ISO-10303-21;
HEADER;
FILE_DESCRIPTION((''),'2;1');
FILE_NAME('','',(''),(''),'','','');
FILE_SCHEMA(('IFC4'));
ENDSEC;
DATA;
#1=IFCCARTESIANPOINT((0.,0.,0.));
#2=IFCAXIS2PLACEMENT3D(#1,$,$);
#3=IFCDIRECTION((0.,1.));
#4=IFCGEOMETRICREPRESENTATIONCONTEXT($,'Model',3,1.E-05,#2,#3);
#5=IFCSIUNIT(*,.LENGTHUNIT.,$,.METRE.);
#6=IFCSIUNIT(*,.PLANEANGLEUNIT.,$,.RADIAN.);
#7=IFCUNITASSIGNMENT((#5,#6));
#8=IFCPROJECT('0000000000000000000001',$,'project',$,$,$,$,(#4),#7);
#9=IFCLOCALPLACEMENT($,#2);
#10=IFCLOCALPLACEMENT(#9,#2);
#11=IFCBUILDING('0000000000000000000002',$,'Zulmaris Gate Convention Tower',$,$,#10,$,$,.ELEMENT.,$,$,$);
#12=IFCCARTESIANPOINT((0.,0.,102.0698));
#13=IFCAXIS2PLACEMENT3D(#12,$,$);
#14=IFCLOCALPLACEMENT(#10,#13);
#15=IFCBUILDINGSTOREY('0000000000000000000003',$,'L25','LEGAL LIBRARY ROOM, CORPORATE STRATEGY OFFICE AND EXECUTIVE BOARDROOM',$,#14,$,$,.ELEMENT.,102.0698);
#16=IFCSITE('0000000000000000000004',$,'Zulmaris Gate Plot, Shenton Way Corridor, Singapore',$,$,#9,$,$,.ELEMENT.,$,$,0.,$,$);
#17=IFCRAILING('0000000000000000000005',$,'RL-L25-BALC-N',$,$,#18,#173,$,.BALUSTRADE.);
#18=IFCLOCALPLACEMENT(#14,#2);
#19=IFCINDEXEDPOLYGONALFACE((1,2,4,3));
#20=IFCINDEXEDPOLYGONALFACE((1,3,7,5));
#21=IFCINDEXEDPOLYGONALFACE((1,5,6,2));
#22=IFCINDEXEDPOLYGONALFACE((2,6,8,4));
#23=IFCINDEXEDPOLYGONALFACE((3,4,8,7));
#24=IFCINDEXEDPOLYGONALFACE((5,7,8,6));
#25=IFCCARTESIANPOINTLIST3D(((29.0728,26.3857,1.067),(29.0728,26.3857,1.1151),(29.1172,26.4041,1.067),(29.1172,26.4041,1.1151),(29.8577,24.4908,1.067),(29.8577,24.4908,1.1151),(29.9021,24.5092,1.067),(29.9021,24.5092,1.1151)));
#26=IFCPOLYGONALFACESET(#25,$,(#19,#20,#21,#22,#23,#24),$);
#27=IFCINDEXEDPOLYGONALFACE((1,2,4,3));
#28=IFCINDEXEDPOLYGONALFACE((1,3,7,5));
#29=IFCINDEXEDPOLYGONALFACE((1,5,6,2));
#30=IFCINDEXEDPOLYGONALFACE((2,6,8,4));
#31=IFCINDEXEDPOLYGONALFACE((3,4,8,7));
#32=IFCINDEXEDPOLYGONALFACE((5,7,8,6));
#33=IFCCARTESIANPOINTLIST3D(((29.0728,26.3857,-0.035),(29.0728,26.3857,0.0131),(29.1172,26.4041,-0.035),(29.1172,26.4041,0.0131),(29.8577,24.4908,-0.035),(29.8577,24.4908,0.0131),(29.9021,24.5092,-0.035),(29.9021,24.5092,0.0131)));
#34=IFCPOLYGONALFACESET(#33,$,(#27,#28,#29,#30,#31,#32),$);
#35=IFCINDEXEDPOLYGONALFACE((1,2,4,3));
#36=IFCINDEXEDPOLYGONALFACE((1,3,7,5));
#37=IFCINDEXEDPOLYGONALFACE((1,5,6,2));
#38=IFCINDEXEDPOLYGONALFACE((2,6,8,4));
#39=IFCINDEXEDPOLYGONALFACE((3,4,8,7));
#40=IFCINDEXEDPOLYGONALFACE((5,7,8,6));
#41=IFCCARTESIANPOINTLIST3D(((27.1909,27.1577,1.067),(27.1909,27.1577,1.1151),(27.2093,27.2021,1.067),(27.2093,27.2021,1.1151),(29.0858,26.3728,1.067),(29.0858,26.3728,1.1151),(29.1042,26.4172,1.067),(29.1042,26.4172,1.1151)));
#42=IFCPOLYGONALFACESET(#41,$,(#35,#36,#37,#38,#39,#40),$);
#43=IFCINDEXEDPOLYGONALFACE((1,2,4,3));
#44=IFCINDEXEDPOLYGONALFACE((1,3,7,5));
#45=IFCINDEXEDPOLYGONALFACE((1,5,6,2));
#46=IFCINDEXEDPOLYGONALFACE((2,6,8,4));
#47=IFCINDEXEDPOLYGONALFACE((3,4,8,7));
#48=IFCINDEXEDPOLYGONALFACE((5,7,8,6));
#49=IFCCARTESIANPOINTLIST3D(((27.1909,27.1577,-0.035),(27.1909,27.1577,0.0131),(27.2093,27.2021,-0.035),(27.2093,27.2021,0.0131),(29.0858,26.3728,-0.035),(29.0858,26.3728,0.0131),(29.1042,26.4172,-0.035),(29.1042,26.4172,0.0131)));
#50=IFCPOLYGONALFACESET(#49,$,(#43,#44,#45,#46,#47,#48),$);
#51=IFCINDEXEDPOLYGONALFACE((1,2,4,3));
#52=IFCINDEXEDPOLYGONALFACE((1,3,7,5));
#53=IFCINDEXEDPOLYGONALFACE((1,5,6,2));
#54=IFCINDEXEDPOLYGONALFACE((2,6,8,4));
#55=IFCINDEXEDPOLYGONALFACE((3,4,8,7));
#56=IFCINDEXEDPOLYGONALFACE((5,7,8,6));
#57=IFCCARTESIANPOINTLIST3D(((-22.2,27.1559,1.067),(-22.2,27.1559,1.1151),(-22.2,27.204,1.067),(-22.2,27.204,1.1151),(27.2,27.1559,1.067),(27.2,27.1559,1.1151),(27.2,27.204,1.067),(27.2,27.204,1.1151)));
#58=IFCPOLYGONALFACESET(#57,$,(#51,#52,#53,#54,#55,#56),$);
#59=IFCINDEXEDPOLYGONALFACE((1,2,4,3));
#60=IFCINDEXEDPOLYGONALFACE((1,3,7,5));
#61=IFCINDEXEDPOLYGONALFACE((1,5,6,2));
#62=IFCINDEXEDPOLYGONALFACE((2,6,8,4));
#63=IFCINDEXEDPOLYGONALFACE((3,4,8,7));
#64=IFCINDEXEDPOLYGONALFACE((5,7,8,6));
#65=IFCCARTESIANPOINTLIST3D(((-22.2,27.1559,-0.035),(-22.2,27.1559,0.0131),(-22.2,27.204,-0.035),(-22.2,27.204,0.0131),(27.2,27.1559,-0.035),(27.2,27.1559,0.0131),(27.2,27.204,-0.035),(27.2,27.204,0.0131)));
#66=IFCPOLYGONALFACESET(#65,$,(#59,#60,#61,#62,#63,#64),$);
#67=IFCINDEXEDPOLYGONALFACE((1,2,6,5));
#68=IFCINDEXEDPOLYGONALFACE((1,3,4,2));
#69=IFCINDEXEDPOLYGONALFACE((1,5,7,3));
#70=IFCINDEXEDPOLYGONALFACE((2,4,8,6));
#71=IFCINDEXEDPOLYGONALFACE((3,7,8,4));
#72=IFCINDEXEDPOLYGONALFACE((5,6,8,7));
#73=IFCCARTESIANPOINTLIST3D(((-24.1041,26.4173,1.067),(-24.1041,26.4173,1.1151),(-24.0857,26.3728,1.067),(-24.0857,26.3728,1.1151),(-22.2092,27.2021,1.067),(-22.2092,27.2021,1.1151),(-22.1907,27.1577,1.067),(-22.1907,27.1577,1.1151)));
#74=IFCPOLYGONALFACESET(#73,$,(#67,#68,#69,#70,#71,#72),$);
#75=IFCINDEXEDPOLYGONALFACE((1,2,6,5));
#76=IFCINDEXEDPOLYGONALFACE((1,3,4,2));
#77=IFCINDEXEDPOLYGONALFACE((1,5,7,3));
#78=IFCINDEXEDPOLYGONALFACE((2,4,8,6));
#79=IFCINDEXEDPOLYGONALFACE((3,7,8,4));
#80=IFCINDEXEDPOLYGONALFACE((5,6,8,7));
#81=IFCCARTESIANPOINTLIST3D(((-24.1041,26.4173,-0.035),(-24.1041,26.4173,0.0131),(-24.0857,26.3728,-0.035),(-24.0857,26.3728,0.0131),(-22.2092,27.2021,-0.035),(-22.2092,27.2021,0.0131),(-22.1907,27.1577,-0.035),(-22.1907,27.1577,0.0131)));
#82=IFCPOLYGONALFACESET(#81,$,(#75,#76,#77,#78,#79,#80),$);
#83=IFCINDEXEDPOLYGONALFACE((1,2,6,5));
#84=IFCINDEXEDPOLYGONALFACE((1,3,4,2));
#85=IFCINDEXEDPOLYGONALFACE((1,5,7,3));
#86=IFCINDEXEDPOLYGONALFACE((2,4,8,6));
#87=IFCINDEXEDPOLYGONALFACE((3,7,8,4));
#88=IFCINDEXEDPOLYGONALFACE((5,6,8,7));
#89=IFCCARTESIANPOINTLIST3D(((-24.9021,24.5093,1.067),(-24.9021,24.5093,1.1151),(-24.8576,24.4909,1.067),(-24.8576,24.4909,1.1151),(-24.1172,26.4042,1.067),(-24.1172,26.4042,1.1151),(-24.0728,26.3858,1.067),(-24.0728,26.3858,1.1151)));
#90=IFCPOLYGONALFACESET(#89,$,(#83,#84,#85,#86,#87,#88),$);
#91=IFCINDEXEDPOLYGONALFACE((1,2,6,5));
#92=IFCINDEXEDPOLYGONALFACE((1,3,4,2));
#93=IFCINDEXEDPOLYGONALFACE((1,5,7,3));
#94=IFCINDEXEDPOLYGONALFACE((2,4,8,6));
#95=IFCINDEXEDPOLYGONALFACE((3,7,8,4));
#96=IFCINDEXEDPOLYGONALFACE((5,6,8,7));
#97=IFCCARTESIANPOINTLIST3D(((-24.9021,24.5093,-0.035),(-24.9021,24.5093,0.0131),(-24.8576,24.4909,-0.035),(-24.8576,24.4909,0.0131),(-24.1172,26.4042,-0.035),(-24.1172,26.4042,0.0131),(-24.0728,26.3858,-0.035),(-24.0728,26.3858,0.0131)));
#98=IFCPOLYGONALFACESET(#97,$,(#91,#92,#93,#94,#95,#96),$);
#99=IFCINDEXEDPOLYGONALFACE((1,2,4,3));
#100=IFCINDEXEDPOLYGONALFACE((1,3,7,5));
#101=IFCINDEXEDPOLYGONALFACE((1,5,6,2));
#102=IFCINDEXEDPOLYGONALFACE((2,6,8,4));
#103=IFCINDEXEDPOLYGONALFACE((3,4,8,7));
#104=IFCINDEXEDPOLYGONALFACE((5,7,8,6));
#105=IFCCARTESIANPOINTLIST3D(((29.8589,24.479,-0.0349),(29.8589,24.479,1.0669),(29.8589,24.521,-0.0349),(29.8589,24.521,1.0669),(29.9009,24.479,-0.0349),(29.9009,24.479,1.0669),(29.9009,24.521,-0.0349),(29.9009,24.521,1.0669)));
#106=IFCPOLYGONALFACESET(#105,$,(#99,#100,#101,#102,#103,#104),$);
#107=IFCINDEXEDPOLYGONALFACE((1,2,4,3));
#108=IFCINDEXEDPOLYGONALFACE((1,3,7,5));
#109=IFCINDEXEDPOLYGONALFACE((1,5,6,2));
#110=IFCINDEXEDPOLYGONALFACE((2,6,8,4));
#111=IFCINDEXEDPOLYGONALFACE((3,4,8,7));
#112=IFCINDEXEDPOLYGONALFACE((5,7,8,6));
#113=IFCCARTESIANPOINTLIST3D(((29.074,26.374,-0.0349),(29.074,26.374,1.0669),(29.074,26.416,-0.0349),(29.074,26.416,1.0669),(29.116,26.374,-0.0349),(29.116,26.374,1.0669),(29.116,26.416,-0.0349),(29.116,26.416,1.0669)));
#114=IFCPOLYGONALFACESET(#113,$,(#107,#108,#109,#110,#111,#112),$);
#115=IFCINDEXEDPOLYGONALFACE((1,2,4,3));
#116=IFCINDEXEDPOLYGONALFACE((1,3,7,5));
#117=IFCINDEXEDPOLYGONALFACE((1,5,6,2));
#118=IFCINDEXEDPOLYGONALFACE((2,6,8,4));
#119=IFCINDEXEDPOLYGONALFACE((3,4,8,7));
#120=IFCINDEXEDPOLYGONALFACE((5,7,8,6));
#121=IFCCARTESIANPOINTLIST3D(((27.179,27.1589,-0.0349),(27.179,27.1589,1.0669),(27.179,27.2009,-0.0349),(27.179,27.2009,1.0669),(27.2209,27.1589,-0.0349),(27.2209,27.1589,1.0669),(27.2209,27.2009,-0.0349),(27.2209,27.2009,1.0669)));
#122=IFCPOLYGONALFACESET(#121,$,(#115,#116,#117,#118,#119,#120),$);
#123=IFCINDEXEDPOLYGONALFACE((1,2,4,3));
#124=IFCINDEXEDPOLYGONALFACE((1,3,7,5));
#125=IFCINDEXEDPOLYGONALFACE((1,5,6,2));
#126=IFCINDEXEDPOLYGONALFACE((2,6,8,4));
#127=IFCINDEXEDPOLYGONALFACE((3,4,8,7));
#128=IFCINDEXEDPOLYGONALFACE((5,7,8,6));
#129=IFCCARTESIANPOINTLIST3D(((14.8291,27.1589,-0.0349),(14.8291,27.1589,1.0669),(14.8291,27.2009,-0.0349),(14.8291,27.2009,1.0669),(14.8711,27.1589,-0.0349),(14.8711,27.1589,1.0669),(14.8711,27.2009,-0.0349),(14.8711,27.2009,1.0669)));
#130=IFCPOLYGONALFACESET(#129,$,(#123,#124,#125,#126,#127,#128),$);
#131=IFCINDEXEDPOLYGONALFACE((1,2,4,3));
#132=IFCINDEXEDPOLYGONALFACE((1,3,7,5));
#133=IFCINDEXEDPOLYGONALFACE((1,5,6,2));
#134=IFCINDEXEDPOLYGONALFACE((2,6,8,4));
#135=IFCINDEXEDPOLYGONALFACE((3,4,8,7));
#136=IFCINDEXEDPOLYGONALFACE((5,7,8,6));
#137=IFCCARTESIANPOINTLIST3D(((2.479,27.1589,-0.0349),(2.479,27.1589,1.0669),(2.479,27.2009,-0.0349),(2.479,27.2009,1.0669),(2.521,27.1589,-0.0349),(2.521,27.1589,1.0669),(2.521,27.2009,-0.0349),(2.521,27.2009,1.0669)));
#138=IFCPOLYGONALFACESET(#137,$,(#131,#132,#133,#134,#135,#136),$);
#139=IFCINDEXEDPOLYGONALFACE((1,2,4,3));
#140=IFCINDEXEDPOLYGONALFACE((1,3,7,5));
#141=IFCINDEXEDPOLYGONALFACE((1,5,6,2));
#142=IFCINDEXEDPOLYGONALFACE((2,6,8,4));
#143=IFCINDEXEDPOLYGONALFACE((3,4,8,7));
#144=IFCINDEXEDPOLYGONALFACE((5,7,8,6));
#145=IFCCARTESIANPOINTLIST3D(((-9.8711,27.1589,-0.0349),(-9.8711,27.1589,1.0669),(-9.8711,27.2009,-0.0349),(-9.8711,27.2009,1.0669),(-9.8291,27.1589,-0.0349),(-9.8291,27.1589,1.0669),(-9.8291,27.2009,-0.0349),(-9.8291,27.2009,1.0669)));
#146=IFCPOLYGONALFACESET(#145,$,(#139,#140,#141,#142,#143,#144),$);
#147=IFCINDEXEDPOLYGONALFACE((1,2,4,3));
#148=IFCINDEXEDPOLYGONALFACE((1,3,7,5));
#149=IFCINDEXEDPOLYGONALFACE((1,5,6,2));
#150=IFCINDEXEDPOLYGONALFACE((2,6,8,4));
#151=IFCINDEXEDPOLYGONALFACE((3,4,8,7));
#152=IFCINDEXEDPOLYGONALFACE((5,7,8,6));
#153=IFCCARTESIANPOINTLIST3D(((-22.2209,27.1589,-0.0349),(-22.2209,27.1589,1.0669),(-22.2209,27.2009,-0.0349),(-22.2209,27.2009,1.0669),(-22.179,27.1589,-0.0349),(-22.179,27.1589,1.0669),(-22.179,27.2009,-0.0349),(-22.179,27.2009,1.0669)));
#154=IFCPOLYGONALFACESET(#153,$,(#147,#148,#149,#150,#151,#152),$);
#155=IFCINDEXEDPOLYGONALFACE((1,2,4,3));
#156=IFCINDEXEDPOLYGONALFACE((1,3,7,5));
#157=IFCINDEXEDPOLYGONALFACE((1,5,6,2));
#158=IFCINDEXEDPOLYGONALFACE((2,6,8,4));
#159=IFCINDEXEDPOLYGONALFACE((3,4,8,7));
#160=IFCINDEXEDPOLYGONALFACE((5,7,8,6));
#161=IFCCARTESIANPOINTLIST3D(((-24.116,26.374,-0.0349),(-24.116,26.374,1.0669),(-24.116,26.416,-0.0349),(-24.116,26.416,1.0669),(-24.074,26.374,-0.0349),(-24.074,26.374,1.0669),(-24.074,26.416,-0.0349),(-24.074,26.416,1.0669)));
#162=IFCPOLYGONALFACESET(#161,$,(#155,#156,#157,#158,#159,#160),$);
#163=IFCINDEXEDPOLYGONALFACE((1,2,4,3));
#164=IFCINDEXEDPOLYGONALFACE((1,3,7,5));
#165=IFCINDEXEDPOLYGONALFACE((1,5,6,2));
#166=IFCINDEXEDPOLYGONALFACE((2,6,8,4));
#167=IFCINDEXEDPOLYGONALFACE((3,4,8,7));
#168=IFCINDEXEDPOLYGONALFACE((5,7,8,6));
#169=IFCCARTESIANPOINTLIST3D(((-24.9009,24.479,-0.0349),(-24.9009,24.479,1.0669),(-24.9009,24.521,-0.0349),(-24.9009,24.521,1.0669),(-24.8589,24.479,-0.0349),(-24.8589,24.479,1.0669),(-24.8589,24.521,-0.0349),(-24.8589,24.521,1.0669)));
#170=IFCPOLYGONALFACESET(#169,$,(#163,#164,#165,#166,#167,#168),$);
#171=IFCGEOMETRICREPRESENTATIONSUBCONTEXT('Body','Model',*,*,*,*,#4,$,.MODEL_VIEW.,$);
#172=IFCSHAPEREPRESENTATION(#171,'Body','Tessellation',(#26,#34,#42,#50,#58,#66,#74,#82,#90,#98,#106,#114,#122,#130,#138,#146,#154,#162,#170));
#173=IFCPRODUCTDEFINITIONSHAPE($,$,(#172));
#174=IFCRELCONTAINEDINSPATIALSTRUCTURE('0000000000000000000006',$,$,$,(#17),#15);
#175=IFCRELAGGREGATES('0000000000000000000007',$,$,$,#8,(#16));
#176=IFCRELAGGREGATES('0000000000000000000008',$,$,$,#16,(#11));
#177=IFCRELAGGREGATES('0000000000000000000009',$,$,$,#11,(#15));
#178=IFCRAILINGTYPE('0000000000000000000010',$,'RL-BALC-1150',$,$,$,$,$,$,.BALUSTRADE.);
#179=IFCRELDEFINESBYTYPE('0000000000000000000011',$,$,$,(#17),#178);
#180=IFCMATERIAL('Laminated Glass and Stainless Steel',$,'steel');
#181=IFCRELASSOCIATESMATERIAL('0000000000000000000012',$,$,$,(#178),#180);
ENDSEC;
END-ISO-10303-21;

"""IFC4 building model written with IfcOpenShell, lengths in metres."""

from ifc_helpers import new_model, si_unit, direction, frame, origin, origin_2d, place, context, subcontext, project, spatial, rectangle, extrude, material, type_object, element, save


model = new_model("IFC4")

# Units and contexts
model_context = context("Model", 3, precision=1e-05, world=origin(), true_north=direction((0.0, 1.0)))
body_context = subcontext(model_context, "Body", "Model", "MODEL_VIEW")
ifc_project = project(units=[si_unit("LENGTHUNIT", "METRE"), si_unit("PLANEANGLEUNIT", "RADIAN")], contexts=[model_context])

# Site, building, storey
site_placement = place(None, origin())
site = spatial("IfcSite", under=ifc_project, at=site_placement, Name="Zulmaris Gate Plot, Shenton Way Corridor, Singapore", CompositionType="ELEMENT", RefElevation=0.0)
building_placement = place(site_placement, origin())
building = spatial("IfcBuilding", under=site, at=building_placement, Name="Zulmaris Gate Convention Tower", CompositionType="ELEMENT")
storey_placement = place(building_placement, frame((0.0, 0.0, 102.0698)))
storey = spatial("IfcBuildingStorey", under=building, at=storey_placement, Name="L25", Description="LEGAL LIBRARY ROOM, CORPORATE STRATEGY OFFICE AND EXECUTIVE BOARDROOM", CompositionType="ELEMENT", Elevation=102.0698)

# Railing
ifc_material_1 = material(Name="Laminated Glass and Stainless Steel", Category="steel")
railing_type = type_object("IfcRailingType", Name="RL-BALC-1150", PredefinedType="BALUSTRADE", material=ifc_material_1)
railing_placement = place(storey_placement, frame((29.8799, 24.5, -0.0349)))
element("IfcRailing", 1, at=railing_placement, inside=storey, type_object=railing_type, Name="RL-L25-BALC-N", PredefinedType="BALUSTRADE", context=body_context, shape_type="SweptSolid", body=[
    extrude(rectangle(XDim=0.0481, YDim=0.0481, at=origin_2d()), frame((0.0, 0.0, 1.126), z_axis=(-0.382671, 0.923885, 0.0), x_axis=(-0.923885, -0.382671, 0.0)), (0.0, 0.0, 1.0), 2.051),
    extrude(rectangle(XDim=0.0481, YDim=0.0481, at=origin_2d()), frame((0.0, 0.0, 0.0239), z_axis=(-0.382671, 0.923885, 0.0), x_axis=(-0.923885, -0.382671, 0.0)), (0.0, 0.0, 1.0), 2.051),
    extrude(rectangle(XDim=0.0481, YDim=0.0481, at=origin_2d()), frame((-0.7849, 1.895, 1.126), z_axis=(-0.923885, 0.382671, 0.0), x_axis=(-0.382671, -0.923885, 0.0)), (0.0, 0.0, 1.0), 2.051),
    extrude(rectangle(XDim=0.0481, YDim=0.0481, at=origin_2d()), frame((-0.7849, 1.895, 0.0239), z_axis=(-0.923885, 0.382671, 0.0), x_axis=(-0.382671, -0.923885, 0.0)), (0.0, 0.0, 1.0), 2.051),
    extrude(rectangle(XDim=0.0481, YDim=0.0481, at=origin_2d()), frame((-2.6799, 2.6799, 1.126), z_axis=(-1.0, 0.0, 0.0), x_axis=(0.0, -1.0, 0.0)), (0.0, 0.0, 1.0), 49.3999),
    extrude(rectangle(XDim=0.0481, YDim=0.0481, at=origin_2d()), frame((-2.6799, 2.6799, 0.0239), z_axis=(-1.0, 0.0, 0.0), x_axis=(0.0, -1.0, 0.0)), (0.0, 0.0, 1.0), 49.3999),
    extrude(rectangle(XDim=0.0481, YDim=0.0481, at=origin_2d()), frame((-52.0798, 2.6799, 1.126), z_axis=(-0.923885, -0.382671, 0.0), x_axis=(0.382671, -0.923885, 0.0)), (0.0, 0.0, 1.0), 2.051),
    extrude(rectangle(XDim=0.0481, YDim=0.0481, at=origin_2d()), frame((-52.0798, 2.6799, 0.0239), z_axis=(-0.923885, -0.382671, 0.0), x_axis=(0.382671, -0.923885, 0.0)), (0.0, 0.0, 1.0), 2.051),
    extrude(rectangle(XDim=0.0481, YDim=0.0481, at=origin_2d()), frame((-53.9749, 1.895, 1.126), z_axis=(-0.382671, -0.923885, 0.0), x_axis=(0.923885, -0.382671, 0.0)), (0.0, 0.0, 1.0), 2.051),
    extrude(rectangle(XDim=0.0481, YDim=0.0481, at=origin_2d()), frame((-53.9749, 1.895, 0.0239), z_axis=(-0.382671, -0.923885, 0.0), x_axis=(0.923885, -0.382671, 0.0)), (0.0, 0.0, 1.0), 2.051),
    extrude(rectangle(XDim=0.042, YDim=0.042, at=origin_2d()), origin(), (0.0, 0.0, 1.0), 1.1018),
    extrude(rectangle(XDim=0.042, YDim=0.042, at=origin_2d()), frame((-0.7849, 1.895, 0.0)), (0.0, 0.0, 1.0), 1.1018),
    extrude(rectangle(XDim=0.042, YDim=0.042, at=origin_2d()), frame((-2.6799, 2.6799, 0.0)), (0.0, 0.0, 1.0), 1.1018),
    extrude(rectangle(XDim=0.042, YDim=0.042, at=origin_2d()), frame((-15.0298, 2.6799, 0.0)), (0.0, 0.0, 1.0), 1.1018),
    extrude(rectangle(XDim=0.042, YDim=0.042, at=origin_2d()), frame((-27.3799, 2.6799, 0.0)), (0.0, 0.0, 1.0), 1.1018),
    extrude(rectangle(XDim=0.042, YDim=0.042, at=origin_2d()), frame((-39.73, 2.6799, 0.0)), (0.0, 0.0, 1.0), 1.1018),
    extrude(rectangle(XDim=0.042, YDim=0.042, at=origin_2d()), frame((-52.0798, 2.6799, 0.0)), (0.0, 0.0, 1.0), 1.1018),
    extrude(rectangle(XDim=0.042, YDim=0.042, at=origin_2d()), frame((-53.9749, 1.895, 0.0)), (0.0, 0.0, 1.0), 1.1018),
    extrude(rectangle(XDim=0.042, YDim=0.042, at=origin_2d()), frame((-54.7598, 0.0, 0.0)), (0.0, 0.0, 1.0), 1.1018),
])

save(model, "model.ifc")
